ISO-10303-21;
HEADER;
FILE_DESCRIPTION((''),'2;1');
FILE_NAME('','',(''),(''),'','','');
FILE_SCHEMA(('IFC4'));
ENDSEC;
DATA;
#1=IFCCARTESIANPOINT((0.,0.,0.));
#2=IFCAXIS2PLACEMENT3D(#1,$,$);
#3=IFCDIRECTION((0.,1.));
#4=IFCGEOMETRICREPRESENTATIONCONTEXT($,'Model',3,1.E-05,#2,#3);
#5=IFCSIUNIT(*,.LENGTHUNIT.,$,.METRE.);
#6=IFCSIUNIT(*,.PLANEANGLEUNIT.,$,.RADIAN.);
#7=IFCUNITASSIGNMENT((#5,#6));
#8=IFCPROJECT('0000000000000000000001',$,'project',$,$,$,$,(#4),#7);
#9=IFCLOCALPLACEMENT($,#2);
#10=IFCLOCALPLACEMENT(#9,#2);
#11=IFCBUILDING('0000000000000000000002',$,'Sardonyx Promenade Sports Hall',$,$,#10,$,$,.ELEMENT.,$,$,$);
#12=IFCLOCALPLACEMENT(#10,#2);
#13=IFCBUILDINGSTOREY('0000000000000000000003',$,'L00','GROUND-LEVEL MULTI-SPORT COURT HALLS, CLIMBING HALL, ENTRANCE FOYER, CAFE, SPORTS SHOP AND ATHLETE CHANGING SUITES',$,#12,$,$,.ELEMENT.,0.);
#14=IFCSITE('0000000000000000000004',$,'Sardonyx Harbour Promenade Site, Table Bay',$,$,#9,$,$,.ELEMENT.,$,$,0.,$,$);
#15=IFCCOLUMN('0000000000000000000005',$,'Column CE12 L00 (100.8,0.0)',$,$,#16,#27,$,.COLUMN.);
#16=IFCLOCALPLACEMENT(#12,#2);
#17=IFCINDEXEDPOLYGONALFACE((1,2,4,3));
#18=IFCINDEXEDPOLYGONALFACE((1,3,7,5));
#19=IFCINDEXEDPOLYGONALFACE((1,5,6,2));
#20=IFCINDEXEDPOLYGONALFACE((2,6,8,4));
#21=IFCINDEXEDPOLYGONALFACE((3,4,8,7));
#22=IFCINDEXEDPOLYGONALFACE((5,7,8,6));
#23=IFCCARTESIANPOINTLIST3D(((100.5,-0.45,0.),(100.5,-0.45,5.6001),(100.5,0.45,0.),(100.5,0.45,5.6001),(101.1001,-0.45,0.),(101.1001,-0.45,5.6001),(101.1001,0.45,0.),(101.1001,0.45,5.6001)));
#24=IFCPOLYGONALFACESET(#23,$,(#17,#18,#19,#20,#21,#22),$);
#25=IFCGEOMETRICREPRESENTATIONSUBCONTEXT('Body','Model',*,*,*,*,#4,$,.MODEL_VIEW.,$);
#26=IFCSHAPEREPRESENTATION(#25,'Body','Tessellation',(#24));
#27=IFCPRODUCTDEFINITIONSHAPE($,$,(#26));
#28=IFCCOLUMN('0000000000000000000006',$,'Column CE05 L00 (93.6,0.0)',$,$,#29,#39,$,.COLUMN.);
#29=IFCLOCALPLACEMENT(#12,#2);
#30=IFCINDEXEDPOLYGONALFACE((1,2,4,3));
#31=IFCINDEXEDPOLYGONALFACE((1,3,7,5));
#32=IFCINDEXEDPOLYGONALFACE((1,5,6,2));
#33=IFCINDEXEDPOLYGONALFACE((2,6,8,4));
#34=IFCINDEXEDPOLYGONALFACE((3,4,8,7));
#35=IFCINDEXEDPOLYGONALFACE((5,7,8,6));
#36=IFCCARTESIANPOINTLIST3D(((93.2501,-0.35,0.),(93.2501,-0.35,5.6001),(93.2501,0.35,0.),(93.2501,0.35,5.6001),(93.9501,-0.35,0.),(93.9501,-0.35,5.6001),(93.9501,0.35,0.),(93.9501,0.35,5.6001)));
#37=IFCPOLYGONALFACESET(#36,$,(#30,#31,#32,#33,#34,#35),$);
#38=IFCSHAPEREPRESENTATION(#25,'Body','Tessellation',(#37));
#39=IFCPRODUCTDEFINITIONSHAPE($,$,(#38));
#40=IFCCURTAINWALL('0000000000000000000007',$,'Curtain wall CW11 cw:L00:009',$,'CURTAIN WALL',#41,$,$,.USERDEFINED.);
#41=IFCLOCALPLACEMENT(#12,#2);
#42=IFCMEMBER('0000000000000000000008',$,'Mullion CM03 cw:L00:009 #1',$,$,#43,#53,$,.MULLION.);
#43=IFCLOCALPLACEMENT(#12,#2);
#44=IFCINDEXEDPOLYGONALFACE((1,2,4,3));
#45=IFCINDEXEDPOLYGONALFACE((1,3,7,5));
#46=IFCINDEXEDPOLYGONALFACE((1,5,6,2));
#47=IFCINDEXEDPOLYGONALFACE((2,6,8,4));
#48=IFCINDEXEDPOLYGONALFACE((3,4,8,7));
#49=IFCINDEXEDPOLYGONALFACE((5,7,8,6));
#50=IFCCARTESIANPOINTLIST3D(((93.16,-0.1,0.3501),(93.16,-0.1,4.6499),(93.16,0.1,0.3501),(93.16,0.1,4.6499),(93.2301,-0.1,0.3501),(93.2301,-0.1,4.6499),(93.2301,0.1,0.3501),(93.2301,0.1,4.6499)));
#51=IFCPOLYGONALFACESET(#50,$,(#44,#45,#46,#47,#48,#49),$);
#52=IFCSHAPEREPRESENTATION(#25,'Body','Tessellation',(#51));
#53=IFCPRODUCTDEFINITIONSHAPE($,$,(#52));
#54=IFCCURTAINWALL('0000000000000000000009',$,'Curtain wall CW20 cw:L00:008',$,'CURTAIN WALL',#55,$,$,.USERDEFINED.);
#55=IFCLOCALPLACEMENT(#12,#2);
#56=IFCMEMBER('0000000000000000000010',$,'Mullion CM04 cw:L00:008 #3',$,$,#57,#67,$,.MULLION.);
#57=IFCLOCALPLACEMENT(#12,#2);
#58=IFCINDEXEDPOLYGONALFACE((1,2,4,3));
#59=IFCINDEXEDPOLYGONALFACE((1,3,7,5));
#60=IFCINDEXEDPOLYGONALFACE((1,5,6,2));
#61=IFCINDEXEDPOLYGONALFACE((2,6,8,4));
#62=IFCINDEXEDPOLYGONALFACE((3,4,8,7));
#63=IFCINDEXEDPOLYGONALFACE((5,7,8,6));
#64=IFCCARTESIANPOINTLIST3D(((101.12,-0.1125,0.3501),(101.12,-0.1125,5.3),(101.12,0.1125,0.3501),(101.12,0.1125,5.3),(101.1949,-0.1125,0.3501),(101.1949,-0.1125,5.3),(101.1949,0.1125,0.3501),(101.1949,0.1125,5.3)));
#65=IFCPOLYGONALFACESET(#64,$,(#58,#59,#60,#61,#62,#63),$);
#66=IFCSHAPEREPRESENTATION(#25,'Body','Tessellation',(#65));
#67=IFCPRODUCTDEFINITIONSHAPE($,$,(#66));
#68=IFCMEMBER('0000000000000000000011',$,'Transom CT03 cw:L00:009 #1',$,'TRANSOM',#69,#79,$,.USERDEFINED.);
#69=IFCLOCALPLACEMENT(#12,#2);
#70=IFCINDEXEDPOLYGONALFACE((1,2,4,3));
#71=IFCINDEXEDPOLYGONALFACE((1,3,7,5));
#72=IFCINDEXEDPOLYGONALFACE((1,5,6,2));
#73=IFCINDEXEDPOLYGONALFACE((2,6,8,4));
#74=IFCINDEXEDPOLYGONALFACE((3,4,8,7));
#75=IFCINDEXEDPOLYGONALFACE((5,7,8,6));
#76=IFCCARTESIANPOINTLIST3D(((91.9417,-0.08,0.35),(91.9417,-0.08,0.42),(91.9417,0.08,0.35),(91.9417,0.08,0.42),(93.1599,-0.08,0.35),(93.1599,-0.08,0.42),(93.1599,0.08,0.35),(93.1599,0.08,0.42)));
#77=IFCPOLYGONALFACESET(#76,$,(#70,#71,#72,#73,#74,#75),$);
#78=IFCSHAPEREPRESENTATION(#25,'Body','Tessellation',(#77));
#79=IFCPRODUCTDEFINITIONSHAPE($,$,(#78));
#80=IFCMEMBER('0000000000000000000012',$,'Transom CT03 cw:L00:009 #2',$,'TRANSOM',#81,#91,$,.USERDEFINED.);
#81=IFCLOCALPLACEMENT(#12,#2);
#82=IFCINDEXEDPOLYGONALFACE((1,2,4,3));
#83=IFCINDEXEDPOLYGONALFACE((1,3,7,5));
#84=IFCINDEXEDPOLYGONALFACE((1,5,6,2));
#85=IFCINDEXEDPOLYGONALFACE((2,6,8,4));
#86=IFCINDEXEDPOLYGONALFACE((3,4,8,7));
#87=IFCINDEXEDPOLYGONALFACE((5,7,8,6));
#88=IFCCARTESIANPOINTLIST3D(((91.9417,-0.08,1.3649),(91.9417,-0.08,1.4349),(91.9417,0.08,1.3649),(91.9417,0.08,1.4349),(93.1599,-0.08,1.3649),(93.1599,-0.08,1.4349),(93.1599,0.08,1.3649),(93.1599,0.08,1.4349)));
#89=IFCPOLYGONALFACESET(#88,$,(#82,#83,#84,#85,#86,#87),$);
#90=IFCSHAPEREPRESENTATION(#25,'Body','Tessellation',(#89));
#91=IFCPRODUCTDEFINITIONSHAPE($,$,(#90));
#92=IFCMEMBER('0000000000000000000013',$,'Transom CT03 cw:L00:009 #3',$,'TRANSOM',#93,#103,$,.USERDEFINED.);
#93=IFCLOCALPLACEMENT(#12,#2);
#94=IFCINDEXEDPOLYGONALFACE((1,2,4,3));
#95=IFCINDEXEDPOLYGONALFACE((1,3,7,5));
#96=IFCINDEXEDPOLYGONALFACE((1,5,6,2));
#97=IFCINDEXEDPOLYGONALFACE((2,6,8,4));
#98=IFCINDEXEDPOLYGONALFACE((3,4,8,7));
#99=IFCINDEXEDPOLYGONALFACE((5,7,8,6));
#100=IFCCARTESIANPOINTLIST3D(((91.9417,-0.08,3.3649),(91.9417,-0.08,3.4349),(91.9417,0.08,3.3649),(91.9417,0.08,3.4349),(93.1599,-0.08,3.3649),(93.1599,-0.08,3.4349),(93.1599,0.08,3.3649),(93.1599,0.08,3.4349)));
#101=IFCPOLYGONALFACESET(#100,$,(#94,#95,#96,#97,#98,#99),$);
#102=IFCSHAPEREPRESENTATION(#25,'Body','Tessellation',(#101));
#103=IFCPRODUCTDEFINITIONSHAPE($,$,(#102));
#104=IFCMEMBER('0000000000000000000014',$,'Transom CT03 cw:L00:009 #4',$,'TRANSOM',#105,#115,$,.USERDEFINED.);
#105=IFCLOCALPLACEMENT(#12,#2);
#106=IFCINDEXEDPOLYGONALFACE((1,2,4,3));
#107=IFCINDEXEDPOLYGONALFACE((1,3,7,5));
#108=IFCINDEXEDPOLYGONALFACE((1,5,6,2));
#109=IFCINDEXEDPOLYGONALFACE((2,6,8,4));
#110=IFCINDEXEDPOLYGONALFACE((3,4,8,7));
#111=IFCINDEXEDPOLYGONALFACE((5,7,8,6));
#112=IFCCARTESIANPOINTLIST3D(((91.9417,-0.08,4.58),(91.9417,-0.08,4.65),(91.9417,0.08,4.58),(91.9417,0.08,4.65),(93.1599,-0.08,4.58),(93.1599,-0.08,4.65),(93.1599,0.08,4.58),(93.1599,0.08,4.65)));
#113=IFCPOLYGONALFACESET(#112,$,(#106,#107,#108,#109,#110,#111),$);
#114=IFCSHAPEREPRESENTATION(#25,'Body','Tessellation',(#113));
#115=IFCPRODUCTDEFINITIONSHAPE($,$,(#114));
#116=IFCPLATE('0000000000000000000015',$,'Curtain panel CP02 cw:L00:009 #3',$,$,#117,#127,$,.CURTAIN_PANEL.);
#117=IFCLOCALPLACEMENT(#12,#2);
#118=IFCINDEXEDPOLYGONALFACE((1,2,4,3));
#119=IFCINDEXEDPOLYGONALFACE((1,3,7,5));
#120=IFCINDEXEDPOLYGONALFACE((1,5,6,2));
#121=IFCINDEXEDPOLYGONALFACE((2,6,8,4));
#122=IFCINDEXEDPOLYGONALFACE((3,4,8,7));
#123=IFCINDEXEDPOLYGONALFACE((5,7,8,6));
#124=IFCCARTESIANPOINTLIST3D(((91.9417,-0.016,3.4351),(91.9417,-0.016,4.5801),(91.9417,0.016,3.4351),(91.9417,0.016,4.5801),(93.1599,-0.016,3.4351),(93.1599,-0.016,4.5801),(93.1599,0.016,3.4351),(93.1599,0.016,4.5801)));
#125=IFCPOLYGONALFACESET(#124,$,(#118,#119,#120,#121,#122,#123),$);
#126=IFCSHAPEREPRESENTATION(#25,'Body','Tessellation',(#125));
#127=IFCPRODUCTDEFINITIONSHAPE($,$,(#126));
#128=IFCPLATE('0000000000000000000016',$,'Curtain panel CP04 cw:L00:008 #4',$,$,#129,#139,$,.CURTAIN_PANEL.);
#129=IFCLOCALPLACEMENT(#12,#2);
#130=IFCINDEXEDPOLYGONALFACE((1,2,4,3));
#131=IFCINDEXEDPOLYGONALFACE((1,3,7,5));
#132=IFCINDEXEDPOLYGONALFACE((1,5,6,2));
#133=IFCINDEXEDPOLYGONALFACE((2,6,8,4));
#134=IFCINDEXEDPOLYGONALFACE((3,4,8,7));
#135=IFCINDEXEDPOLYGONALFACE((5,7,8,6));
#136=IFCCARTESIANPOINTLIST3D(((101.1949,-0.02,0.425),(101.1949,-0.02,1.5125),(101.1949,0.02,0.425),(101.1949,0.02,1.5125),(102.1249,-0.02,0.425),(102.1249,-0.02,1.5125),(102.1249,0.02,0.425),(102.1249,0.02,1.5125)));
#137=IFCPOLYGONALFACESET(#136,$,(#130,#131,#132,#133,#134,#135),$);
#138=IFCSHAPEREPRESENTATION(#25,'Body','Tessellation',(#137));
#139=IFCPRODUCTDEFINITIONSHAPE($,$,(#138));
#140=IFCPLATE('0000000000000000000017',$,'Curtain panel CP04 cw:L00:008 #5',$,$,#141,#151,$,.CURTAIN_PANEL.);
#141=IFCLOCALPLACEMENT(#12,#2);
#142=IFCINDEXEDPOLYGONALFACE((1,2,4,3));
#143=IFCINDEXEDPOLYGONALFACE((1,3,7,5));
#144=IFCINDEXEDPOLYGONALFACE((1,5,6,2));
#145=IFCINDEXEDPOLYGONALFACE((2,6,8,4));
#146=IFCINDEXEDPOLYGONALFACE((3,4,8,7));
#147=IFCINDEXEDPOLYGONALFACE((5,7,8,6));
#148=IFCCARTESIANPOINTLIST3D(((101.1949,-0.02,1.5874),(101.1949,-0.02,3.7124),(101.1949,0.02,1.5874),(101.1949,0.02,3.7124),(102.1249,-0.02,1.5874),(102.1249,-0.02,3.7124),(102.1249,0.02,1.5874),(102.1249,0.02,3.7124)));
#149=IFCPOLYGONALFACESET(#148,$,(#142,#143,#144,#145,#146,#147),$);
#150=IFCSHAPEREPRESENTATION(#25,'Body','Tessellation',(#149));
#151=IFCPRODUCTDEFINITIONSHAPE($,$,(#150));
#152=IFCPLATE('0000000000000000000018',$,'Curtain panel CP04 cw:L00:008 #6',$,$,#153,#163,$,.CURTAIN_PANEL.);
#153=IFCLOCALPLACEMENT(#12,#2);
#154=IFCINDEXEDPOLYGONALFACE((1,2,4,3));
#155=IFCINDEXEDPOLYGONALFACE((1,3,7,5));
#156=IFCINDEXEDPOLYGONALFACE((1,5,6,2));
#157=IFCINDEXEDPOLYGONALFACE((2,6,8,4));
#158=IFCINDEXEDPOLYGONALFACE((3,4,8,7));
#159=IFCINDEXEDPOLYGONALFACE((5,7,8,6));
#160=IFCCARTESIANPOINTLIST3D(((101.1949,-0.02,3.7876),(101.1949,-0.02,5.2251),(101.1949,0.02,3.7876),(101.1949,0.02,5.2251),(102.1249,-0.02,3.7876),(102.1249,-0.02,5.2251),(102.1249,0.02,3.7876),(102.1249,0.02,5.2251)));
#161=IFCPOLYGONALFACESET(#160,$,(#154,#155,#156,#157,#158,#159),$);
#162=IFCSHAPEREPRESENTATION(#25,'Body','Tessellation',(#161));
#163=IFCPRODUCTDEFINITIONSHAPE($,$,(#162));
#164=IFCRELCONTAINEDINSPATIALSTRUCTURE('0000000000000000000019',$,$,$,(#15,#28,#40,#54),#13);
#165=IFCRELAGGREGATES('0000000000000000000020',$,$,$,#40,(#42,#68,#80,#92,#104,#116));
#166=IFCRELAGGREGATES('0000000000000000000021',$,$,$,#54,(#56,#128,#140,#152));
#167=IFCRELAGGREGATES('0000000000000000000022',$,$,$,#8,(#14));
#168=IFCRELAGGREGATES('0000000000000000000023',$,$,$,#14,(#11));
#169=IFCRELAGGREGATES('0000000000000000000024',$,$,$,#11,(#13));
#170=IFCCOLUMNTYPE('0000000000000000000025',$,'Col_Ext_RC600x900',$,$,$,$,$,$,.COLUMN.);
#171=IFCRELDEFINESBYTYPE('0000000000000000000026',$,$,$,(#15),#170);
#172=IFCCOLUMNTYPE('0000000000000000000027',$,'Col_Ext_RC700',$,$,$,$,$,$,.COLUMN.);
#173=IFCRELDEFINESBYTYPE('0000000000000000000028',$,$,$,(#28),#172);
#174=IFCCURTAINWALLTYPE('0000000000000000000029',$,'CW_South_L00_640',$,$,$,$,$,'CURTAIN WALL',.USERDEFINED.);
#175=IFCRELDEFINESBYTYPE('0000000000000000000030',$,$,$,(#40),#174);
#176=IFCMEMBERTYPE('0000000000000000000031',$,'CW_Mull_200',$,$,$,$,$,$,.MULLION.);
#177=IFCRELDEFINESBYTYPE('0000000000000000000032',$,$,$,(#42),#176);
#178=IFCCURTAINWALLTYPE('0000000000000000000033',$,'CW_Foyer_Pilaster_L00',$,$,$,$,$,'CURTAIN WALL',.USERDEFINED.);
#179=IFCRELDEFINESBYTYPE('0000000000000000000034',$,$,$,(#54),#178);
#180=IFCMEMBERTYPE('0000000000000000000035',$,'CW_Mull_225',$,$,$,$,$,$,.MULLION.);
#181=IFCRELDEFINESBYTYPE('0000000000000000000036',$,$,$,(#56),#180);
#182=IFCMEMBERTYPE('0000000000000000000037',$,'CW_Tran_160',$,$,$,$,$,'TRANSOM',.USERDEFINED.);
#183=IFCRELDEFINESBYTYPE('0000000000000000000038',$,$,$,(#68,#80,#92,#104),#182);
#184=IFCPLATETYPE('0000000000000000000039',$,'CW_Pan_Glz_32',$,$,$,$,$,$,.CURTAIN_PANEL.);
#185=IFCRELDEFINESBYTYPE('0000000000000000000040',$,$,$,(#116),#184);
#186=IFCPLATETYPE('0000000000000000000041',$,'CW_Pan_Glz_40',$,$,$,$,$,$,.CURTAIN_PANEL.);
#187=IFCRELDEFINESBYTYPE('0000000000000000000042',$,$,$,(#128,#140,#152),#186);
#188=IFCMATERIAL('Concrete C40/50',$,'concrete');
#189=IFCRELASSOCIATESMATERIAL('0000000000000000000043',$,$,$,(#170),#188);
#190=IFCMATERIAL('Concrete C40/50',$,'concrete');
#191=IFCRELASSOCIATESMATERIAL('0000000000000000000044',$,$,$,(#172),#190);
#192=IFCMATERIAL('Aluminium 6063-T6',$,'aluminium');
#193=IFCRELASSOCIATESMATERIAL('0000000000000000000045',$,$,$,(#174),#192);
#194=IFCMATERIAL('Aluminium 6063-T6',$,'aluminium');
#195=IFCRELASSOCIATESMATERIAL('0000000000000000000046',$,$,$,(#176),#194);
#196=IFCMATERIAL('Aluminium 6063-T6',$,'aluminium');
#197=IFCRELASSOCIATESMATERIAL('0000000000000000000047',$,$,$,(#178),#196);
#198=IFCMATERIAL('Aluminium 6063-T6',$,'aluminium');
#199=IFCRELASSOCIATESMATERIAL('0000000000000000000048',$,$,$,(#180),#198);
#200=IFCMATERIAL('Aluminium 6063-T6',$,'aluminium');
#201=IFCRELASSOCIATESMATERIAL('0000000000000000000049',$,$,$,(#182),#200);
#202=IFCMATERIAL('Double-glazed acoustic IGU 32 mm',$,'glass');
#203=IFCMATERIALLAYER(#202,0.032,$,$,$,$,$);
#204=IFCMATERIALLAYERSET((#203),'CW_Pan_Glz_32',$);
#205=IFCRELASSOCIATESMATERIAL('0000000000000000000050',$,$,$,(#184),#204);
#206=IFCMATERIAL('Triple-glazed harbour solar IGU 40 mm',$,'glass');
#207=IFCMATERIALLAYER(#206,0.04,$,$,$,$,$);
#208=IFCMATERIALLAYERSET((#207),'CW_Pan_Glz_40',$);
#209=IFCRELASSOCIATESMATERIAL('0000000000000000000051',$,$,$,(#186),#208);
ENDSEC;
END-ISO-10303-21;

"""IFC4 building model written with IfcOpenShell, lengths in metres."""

from ifc_helpers import new_model, si_unit, direction, frame, origin, origin_2d, place, context, subcontext, project, spatial, rectangle, extrude, material, layer, layer_set, material_profile, profile_set, type_object, element, aggregate, save


model = new_model("IFC4")

# Units and contexts
model_context = context("Model", 3, precision=1e-05, world=origin(), true_north=direction((0.0, 1.0)))
body_context = subcontext(model_context, "Body", "Model", "MODEL_VIEW")
ifc_project = project(units=[si_unit("LENGTHUNIT", "METRE"), si_unit("PLANEANGLEUNIT", "RADIAN")], contexts=[model_context])

# Site, building, storey
site_placement = place(None, origin())
site = spatial("IfcSite", under=ifc_project, at=site_placement, Name="Sardonyx Harbour Promenade Site, Table Bay", CompositionType="ELEMENT", RefElevation=0.0)
building_placement = place(site_placement, origin())
building = spatial("IfcBuilding", under=site, at=building_placement, Name="Sardonyx Promenade Sports Hall", CompositionType="ELEMENT")
storey_placement = place(building_placement, origin())
storey = spatial("IfcBuildingStorey", under=building, at=storey_placement, Name="L00", Description="GROUND-LEVEL MULTI-SPORT COURT HALLS, CLIMBING HALL, ENTRANCE FOYER, CAFE, SPORTS SHOP AND ATHLETE CHANGING SUITES", CompositionType="ELEMENT", Elevation=0.0)

# Columns
ifc_material_1 = material(Name="Concrete C40/50", Category="concrete")
ifc_material_profile_1 = material_profile(ifc_material_1, rectangle(XDim=0.6001, YDim=0.8999, at=origin_2d()))
ifc_profile_set_1 = profile_set([ifc_material_profile_1], Name="Concrete C40/50")
column_type_1 = type_object("IfcColumnType", Name="Col_Ext_RC600x900", PredefinedType="COLUMN", material=ifc_profile_set_1)
column_1_placement = place(storey_placement, frame((100.8, 0.0, 0.0), z_axis=(0.0, 0.0, 1.0), x_axis=(1.0, 0.0, 0.0)))
element("IfcColumn", 1, at=column_1_placement, inside=storey, type_object=column_type_1, Name="Column CE12 L00 (100.8,0.0)", PredefinedType="COLUMN", context=body_context, shape_type="SweptSolid", body=[
    extrude(rectangle(XDim=0.6001, YDim=0.8999, at=origin_2d()), origin(), (0.0, 0.0, 1.0), 5.6001),
])
ifc_material_2 = material(Name="Concrete C40/50", Category="concrete")
ifc_material_profile_2 = material_profile(ifc_material_2, rectangle(XDim=0.7, YDim=0.7, at=origin_2d()))
ifc_profile_set_2 = profile_set([ifc_material_profile_2], Name="Concrete C40/50")
column_type_2 = type_object("IfcColumnType", Name="Col_Ext_RC700", PredefinedType="COLUMN", material=ifc_profile_set_2)
column_2_placement = place(storey_placement, frame((93.6001, 0.0, 0.0), z_axis=(0.0, 0.0, 1.0), x_axis=(1.0, 0.0, 0.0)))
element("IfcColumn", 2, at=column_2_placement, inside=storey, type_object=column_type_2, Name="Column CE05 L00 (93.6,0.0)", PredefinedType="COLUMN", context=body_context, shape_type="SweptSolid", body=[
    extrude(rectangle(XDim=0.7, YDim=0.7, at=origin_2d()), origin(), (0.0, 0.0, 1.0), 5.6001),
])

# Curtain walls, members
ifc_material_3 = material(Name="Aluminium 6063-T6", Category="aluminium")
curtain_wall_type_1 = type_object("IfcCurtainWallType", Name="CW_South_L00_640", ElementType="CURTAIN WALL", PredefinedType="USERDEFINED", material=ifc_material_3)
curtain_wall_1_placement = place(storey_placement, origin())
curtain_wall_1 = element("IfcCurtainWall", 3, at=curtain_wall_1_placement, inside=storey, type_object=curtain_wall_type_1, Name="Curtain wall CW11 cw:L00:009", ObjectType="CURTAIN WALL", PredefinedType="USERDEFINED")
ifc_material_4 = material(Name="Aluminium 6063-T6", Category="aluminium")
ifc_material_profile_3 = material_profile(ifc_material_4, rectangle(XDim=0.0701, YDim=0.2, at=origin_2d()))
ifc_profile_set_3 = profile_set([ifc_material_profile_3], Name="Aluminium 6063-T6")
member_type_1 = type_object("IfcMemberType", Name="CW_Mull_200", PredefinedType="MULLION", material=ifc_profile_set_3)
member_1_placement = place(storey_placement, frame((93.1951, 0.0, 0.3501), z_axis=(0.0, 0.0, 1.0), x_axis=(-1.0, 0.0, 0.0)))
member_1 = element("IfcMember", 4, at=member_1_placement, type_object=member_type_1, Name="Mullion CM03 cw:L00:009 #1", PredefinedType="MULLION", context=body_context, shape_type="SweptSolid", body=[
    extrude(rectangle(XDim=0.0701, YDim=0.2, at=origin_2d()), origin(), (0.0, 0.0, 1.0), 4.2998),
])
ifc_material_5 = material(Name="Aluminium 6063-T6", Category="aluminium")
curtain_wall_type_2 = type_object("IfcCurtainWallType", Name="CW_Foyer_Pilaster_L00", ElementType="CURTAIN WALL", PredefinedType="USERDEFINED", material=ifc_material_5)
curtain_wall_2_placement = place(storey_placement, origin())
curtain_wall_2 = element("IfcCurtainWall", 5, at=curtain_wall_2_placement, inside=storey, type_object=curtain_wall_type_2, Name="Curtain wall CW20 cw:L00:008", ObjectType="CURTAIN WALL", PredefinedType="USERDEFINED")
ifc_material_6 = material(Name="Aluminium 6063-T6", Category="aluminium")
ifc_material_profile_4 = material_profile(ifc_material_6, rectangle(XDim=0.075, YDim=0.2251, at=origin_2d()))
ifc_profile_set_4 = profile_set([ifc_material_profile_4], Name="Aluminium 6063-T6")
member_type_2 = type_object("IfcMemberType", Name="CW_Mull_225", PredefinedType="MULLION", material=ifc_profile_set_4)
member_2_placement = place(storey_placement, frame((101.1575, 0.0, 0.3501), z_axis=(0.0, 0.0, 1.0), x_axis=(-1.0, 0.0, 0.0)))
member_2 = element("IfcMember", 6, at=member_2_placement, type_object=member_type_2, Name="Mullion CM04 cw:L00:008 #3", PredefinedType="MULLION", context=body_context, shape_type="SweptSolid", body=[
    extrude(rectangle(XDim=0.075, YDim=0.2251, at=origin_2d()), origin(), (0.0, 0.0, 1.0), 4.95),
])

# Members
ifc_material_7 = material(Name="Aluminium 6063-T6", Category="aluminium")
ifc_material_profile_5 = material_profile(ifc_material_7, rectangle(XDim=0.0701, YDim=0.1599, at=origin_2d()))
ifc_profile_set_5 = profile_set([ifc_material_profile_5], Name="Aluminium 6063-T6")
member_type_3 = type_object("IfcMemberType", Name="CW_Tran_160", ElementType="TRANSOM", PredefinedType="USERDEFINED", material=ifc_profile_set_5)
member_3_placement = place(storey_placement, frame((93.1599, 0.0, 0.385), z_axis=(-1.0, 0.0, 0.0), x_axis=(0.0, 0.0, 1.0)))
member_3 = element("IfcMember", 7, at=member_3_placement, type_object=member_type_3, Name="Transom CT03 cw:L00:009 #1", ObjectType="TRANSOM", PredefinedType="USERDEFINED", context=body_context, shape_type="SweptSolid", body=[
    extrude(rectangle(XDim=0.0701, YDim=0.1599, at=origin_2d()), origin(), (0.0, 0.0, 1.0), 1.2183),
])
member_4_placement = place(storey_placement, frame((93.1599, 0.0, 1.3999), z_axis=(-1.0, 0.0, 0.0), x_axis=(0.0, 0.0, 1.0)))
member_4 = element("IfcMember", 8, at=member_4_placement, type_object=member_type_3, Name="Transom CT03 cw:L00:009 #2", ObjectType="TRANSOM", PredefinedType="USERDEFINED", context=body_context, shape_type="SweptSolid", body=[
    extrude(rectangle(XDim=0.0701, YDim=0.1599, at=origin_2d()), origin(), (0.0, 0.0, 1.0), 1.2183),
])
member_5_placement = place(storey_placement, frame((93.1599, 0.0, 3.3999), z_axis=(-1.0, 0.0, 0.0), x_axis=(0.0, 0.0, 1.0)))
member_5 = element("IfcMember", 9, at=member_5_placement, type_object=member_type_3, Name="Transom CT03 cw:L00:009 #3", ObjectType="TRANSOM", PredefinedType="USERDEFINED", context=body_context, shape_type="SweptSolid", body=[
    extrude(rectangle(XDim=0.0701, YDim=0.1599, at=origin_2d()), origin(), (0.0, 0.0, 1.0), 1.2183),
])
member_6_placement = place(storey_placement, frame((93.1599, 0.0, 4.615), z_axis=(-1.0, 0.0, 0.0), x_axis=(0.0, 0.0, 1.0)))
member_6 = element("IfcMember", 10, at=member_6_placement, type_object=member_type_3, Name="Transom CT03 cw:L00:009 #4", ObjectType="TRANSOM", PredefinedType="USERDEFINED", context=body_context, shape_type="SweptSolid", body=[
    extrude(rectangle(XDim=0.0701, YDim=0.1599, at=origin_2d()), origin(), (0.0, 0.0, 1.0), 1.2183),
])

# Plates
ifc_material_8 = material(Name="Double-glazed acoustic IGU 32 mm", Category="glass")
ifc_layer_1 = layer(ifc_material_8, 0.032)
ifc_layer_set_1 = layer_set([ifc_layer_1], Name="CW_Pan_Glz_32")
plate_type_1 = type_object("IfcPlateType", Name="CW_Pan_Glz_32", PredefinedType="CURTAIN_PANEL", material=ifc_layer_set_1)
plate_1_placement = place(storey_placement, frame((92.5508, 0.0, 3.4351), z_axis=(0.0, 0.0, 1.0), x_axis=(-1.0, 0.0, 0.0)))
plate_1 = element("IfcPlate", 11, at=plate_1_placement, type_object=plate_type_1, Name="Curtain panel CP02 cw:L00:009 #3", PredefinedType="CURTAIN_PANEL", context=body_context, shape_type="SweptSolid", body=[
    extrude(rectangle(XDim=1.2183, YDim=0.032, at=origin_2d()), origin(), (0.0, 0.0, 1.0), 1.145),
])
aggregate(curtain_wall_1, [member_1, member_3, member_4, member_5, member_6, plate_1])
ifc_material_9 = material(Name="Triple-glazed harbour solar IGU 40 mm", Category="glass")
ifc_layer_2 = layer(ifc_material_9, 0.04)
ifc_layer_set_2 = layer_set([ifc_layer_2], Name="CW_Pan_Glz_40")
plate_type_2 = type_object("IfcPlateType", Name="CW_Pan_Glz_40", PredefinedType="CURTAIN_PANEL", material=ifc_layer_set_2)
plate_2_placement = place(storey_placement, frame((101.6599, 0.0, 0.425), z_axis=(0.0, 0.0, 1.0), x_axis=(-1.0, 0.0, 0.0)))
plate_2 = element("IfcPlate", 12, at=plate_2_placement, type_object=plate_type_2, Name="Curtain panel CP04 cw:L00:008 #4", PredefinedType="CURTAIN_PANEL", context=body_context, shape_type="SweptSolid", body=[
    extrude(rectangle(XDim=0.9299, YDim=0.04, at=origin_2d()), origin(), (0.0, 0.0, 1.0), 1.0874),
])
plate_3_placement = place(storey_placement, frame((101.6599, 0.0, 1.5874), z_axis=(0.0, 0.0, 1.0), x_axis=(-1.0, 0.0, 0.0)))
plate_3 = element("IfcPlate", 13, at=plate_3_placement, type_object=plate_type_2, Name="Curtain panel CP04 cw:L00:008 #5", PredefinedType="CURTAIN_PANEL", context=body_context, shape_type="SweptSolid", body=[
    extrude(rectangle(XDim=0.9299, YDim=0.04, at=origin_2d()), origin(), (0.0, 0.0, 1.0), 2.125),
])
plate_4_placement = place(storey_placement, frame((101.6599, 0.0, 3.7876), z_axis=(0.0, 0.0, 1.0), x_axis=(-1.0, 0.0, 0.0)))
plate_4 = element("IfcPlate", 14, at=plate_4_placement, type_object=plate_type_2, Name="Curtain panel CP04 cw:L00:008 #6", PredefinedType="CURTAIN_PANEL", context=body_context, shape_type="SweptSolid", body=[
    extrude(rectangle(XDim=0.9299, YDim=0.04, at=origin_2d()), origin(), (0.0, 0.0, 1.0), 1.4375),
])
aggregate(curtain_wall_2, [member_2, plate_2, plate_3, plate_4])

save(model, "model.ifc")
